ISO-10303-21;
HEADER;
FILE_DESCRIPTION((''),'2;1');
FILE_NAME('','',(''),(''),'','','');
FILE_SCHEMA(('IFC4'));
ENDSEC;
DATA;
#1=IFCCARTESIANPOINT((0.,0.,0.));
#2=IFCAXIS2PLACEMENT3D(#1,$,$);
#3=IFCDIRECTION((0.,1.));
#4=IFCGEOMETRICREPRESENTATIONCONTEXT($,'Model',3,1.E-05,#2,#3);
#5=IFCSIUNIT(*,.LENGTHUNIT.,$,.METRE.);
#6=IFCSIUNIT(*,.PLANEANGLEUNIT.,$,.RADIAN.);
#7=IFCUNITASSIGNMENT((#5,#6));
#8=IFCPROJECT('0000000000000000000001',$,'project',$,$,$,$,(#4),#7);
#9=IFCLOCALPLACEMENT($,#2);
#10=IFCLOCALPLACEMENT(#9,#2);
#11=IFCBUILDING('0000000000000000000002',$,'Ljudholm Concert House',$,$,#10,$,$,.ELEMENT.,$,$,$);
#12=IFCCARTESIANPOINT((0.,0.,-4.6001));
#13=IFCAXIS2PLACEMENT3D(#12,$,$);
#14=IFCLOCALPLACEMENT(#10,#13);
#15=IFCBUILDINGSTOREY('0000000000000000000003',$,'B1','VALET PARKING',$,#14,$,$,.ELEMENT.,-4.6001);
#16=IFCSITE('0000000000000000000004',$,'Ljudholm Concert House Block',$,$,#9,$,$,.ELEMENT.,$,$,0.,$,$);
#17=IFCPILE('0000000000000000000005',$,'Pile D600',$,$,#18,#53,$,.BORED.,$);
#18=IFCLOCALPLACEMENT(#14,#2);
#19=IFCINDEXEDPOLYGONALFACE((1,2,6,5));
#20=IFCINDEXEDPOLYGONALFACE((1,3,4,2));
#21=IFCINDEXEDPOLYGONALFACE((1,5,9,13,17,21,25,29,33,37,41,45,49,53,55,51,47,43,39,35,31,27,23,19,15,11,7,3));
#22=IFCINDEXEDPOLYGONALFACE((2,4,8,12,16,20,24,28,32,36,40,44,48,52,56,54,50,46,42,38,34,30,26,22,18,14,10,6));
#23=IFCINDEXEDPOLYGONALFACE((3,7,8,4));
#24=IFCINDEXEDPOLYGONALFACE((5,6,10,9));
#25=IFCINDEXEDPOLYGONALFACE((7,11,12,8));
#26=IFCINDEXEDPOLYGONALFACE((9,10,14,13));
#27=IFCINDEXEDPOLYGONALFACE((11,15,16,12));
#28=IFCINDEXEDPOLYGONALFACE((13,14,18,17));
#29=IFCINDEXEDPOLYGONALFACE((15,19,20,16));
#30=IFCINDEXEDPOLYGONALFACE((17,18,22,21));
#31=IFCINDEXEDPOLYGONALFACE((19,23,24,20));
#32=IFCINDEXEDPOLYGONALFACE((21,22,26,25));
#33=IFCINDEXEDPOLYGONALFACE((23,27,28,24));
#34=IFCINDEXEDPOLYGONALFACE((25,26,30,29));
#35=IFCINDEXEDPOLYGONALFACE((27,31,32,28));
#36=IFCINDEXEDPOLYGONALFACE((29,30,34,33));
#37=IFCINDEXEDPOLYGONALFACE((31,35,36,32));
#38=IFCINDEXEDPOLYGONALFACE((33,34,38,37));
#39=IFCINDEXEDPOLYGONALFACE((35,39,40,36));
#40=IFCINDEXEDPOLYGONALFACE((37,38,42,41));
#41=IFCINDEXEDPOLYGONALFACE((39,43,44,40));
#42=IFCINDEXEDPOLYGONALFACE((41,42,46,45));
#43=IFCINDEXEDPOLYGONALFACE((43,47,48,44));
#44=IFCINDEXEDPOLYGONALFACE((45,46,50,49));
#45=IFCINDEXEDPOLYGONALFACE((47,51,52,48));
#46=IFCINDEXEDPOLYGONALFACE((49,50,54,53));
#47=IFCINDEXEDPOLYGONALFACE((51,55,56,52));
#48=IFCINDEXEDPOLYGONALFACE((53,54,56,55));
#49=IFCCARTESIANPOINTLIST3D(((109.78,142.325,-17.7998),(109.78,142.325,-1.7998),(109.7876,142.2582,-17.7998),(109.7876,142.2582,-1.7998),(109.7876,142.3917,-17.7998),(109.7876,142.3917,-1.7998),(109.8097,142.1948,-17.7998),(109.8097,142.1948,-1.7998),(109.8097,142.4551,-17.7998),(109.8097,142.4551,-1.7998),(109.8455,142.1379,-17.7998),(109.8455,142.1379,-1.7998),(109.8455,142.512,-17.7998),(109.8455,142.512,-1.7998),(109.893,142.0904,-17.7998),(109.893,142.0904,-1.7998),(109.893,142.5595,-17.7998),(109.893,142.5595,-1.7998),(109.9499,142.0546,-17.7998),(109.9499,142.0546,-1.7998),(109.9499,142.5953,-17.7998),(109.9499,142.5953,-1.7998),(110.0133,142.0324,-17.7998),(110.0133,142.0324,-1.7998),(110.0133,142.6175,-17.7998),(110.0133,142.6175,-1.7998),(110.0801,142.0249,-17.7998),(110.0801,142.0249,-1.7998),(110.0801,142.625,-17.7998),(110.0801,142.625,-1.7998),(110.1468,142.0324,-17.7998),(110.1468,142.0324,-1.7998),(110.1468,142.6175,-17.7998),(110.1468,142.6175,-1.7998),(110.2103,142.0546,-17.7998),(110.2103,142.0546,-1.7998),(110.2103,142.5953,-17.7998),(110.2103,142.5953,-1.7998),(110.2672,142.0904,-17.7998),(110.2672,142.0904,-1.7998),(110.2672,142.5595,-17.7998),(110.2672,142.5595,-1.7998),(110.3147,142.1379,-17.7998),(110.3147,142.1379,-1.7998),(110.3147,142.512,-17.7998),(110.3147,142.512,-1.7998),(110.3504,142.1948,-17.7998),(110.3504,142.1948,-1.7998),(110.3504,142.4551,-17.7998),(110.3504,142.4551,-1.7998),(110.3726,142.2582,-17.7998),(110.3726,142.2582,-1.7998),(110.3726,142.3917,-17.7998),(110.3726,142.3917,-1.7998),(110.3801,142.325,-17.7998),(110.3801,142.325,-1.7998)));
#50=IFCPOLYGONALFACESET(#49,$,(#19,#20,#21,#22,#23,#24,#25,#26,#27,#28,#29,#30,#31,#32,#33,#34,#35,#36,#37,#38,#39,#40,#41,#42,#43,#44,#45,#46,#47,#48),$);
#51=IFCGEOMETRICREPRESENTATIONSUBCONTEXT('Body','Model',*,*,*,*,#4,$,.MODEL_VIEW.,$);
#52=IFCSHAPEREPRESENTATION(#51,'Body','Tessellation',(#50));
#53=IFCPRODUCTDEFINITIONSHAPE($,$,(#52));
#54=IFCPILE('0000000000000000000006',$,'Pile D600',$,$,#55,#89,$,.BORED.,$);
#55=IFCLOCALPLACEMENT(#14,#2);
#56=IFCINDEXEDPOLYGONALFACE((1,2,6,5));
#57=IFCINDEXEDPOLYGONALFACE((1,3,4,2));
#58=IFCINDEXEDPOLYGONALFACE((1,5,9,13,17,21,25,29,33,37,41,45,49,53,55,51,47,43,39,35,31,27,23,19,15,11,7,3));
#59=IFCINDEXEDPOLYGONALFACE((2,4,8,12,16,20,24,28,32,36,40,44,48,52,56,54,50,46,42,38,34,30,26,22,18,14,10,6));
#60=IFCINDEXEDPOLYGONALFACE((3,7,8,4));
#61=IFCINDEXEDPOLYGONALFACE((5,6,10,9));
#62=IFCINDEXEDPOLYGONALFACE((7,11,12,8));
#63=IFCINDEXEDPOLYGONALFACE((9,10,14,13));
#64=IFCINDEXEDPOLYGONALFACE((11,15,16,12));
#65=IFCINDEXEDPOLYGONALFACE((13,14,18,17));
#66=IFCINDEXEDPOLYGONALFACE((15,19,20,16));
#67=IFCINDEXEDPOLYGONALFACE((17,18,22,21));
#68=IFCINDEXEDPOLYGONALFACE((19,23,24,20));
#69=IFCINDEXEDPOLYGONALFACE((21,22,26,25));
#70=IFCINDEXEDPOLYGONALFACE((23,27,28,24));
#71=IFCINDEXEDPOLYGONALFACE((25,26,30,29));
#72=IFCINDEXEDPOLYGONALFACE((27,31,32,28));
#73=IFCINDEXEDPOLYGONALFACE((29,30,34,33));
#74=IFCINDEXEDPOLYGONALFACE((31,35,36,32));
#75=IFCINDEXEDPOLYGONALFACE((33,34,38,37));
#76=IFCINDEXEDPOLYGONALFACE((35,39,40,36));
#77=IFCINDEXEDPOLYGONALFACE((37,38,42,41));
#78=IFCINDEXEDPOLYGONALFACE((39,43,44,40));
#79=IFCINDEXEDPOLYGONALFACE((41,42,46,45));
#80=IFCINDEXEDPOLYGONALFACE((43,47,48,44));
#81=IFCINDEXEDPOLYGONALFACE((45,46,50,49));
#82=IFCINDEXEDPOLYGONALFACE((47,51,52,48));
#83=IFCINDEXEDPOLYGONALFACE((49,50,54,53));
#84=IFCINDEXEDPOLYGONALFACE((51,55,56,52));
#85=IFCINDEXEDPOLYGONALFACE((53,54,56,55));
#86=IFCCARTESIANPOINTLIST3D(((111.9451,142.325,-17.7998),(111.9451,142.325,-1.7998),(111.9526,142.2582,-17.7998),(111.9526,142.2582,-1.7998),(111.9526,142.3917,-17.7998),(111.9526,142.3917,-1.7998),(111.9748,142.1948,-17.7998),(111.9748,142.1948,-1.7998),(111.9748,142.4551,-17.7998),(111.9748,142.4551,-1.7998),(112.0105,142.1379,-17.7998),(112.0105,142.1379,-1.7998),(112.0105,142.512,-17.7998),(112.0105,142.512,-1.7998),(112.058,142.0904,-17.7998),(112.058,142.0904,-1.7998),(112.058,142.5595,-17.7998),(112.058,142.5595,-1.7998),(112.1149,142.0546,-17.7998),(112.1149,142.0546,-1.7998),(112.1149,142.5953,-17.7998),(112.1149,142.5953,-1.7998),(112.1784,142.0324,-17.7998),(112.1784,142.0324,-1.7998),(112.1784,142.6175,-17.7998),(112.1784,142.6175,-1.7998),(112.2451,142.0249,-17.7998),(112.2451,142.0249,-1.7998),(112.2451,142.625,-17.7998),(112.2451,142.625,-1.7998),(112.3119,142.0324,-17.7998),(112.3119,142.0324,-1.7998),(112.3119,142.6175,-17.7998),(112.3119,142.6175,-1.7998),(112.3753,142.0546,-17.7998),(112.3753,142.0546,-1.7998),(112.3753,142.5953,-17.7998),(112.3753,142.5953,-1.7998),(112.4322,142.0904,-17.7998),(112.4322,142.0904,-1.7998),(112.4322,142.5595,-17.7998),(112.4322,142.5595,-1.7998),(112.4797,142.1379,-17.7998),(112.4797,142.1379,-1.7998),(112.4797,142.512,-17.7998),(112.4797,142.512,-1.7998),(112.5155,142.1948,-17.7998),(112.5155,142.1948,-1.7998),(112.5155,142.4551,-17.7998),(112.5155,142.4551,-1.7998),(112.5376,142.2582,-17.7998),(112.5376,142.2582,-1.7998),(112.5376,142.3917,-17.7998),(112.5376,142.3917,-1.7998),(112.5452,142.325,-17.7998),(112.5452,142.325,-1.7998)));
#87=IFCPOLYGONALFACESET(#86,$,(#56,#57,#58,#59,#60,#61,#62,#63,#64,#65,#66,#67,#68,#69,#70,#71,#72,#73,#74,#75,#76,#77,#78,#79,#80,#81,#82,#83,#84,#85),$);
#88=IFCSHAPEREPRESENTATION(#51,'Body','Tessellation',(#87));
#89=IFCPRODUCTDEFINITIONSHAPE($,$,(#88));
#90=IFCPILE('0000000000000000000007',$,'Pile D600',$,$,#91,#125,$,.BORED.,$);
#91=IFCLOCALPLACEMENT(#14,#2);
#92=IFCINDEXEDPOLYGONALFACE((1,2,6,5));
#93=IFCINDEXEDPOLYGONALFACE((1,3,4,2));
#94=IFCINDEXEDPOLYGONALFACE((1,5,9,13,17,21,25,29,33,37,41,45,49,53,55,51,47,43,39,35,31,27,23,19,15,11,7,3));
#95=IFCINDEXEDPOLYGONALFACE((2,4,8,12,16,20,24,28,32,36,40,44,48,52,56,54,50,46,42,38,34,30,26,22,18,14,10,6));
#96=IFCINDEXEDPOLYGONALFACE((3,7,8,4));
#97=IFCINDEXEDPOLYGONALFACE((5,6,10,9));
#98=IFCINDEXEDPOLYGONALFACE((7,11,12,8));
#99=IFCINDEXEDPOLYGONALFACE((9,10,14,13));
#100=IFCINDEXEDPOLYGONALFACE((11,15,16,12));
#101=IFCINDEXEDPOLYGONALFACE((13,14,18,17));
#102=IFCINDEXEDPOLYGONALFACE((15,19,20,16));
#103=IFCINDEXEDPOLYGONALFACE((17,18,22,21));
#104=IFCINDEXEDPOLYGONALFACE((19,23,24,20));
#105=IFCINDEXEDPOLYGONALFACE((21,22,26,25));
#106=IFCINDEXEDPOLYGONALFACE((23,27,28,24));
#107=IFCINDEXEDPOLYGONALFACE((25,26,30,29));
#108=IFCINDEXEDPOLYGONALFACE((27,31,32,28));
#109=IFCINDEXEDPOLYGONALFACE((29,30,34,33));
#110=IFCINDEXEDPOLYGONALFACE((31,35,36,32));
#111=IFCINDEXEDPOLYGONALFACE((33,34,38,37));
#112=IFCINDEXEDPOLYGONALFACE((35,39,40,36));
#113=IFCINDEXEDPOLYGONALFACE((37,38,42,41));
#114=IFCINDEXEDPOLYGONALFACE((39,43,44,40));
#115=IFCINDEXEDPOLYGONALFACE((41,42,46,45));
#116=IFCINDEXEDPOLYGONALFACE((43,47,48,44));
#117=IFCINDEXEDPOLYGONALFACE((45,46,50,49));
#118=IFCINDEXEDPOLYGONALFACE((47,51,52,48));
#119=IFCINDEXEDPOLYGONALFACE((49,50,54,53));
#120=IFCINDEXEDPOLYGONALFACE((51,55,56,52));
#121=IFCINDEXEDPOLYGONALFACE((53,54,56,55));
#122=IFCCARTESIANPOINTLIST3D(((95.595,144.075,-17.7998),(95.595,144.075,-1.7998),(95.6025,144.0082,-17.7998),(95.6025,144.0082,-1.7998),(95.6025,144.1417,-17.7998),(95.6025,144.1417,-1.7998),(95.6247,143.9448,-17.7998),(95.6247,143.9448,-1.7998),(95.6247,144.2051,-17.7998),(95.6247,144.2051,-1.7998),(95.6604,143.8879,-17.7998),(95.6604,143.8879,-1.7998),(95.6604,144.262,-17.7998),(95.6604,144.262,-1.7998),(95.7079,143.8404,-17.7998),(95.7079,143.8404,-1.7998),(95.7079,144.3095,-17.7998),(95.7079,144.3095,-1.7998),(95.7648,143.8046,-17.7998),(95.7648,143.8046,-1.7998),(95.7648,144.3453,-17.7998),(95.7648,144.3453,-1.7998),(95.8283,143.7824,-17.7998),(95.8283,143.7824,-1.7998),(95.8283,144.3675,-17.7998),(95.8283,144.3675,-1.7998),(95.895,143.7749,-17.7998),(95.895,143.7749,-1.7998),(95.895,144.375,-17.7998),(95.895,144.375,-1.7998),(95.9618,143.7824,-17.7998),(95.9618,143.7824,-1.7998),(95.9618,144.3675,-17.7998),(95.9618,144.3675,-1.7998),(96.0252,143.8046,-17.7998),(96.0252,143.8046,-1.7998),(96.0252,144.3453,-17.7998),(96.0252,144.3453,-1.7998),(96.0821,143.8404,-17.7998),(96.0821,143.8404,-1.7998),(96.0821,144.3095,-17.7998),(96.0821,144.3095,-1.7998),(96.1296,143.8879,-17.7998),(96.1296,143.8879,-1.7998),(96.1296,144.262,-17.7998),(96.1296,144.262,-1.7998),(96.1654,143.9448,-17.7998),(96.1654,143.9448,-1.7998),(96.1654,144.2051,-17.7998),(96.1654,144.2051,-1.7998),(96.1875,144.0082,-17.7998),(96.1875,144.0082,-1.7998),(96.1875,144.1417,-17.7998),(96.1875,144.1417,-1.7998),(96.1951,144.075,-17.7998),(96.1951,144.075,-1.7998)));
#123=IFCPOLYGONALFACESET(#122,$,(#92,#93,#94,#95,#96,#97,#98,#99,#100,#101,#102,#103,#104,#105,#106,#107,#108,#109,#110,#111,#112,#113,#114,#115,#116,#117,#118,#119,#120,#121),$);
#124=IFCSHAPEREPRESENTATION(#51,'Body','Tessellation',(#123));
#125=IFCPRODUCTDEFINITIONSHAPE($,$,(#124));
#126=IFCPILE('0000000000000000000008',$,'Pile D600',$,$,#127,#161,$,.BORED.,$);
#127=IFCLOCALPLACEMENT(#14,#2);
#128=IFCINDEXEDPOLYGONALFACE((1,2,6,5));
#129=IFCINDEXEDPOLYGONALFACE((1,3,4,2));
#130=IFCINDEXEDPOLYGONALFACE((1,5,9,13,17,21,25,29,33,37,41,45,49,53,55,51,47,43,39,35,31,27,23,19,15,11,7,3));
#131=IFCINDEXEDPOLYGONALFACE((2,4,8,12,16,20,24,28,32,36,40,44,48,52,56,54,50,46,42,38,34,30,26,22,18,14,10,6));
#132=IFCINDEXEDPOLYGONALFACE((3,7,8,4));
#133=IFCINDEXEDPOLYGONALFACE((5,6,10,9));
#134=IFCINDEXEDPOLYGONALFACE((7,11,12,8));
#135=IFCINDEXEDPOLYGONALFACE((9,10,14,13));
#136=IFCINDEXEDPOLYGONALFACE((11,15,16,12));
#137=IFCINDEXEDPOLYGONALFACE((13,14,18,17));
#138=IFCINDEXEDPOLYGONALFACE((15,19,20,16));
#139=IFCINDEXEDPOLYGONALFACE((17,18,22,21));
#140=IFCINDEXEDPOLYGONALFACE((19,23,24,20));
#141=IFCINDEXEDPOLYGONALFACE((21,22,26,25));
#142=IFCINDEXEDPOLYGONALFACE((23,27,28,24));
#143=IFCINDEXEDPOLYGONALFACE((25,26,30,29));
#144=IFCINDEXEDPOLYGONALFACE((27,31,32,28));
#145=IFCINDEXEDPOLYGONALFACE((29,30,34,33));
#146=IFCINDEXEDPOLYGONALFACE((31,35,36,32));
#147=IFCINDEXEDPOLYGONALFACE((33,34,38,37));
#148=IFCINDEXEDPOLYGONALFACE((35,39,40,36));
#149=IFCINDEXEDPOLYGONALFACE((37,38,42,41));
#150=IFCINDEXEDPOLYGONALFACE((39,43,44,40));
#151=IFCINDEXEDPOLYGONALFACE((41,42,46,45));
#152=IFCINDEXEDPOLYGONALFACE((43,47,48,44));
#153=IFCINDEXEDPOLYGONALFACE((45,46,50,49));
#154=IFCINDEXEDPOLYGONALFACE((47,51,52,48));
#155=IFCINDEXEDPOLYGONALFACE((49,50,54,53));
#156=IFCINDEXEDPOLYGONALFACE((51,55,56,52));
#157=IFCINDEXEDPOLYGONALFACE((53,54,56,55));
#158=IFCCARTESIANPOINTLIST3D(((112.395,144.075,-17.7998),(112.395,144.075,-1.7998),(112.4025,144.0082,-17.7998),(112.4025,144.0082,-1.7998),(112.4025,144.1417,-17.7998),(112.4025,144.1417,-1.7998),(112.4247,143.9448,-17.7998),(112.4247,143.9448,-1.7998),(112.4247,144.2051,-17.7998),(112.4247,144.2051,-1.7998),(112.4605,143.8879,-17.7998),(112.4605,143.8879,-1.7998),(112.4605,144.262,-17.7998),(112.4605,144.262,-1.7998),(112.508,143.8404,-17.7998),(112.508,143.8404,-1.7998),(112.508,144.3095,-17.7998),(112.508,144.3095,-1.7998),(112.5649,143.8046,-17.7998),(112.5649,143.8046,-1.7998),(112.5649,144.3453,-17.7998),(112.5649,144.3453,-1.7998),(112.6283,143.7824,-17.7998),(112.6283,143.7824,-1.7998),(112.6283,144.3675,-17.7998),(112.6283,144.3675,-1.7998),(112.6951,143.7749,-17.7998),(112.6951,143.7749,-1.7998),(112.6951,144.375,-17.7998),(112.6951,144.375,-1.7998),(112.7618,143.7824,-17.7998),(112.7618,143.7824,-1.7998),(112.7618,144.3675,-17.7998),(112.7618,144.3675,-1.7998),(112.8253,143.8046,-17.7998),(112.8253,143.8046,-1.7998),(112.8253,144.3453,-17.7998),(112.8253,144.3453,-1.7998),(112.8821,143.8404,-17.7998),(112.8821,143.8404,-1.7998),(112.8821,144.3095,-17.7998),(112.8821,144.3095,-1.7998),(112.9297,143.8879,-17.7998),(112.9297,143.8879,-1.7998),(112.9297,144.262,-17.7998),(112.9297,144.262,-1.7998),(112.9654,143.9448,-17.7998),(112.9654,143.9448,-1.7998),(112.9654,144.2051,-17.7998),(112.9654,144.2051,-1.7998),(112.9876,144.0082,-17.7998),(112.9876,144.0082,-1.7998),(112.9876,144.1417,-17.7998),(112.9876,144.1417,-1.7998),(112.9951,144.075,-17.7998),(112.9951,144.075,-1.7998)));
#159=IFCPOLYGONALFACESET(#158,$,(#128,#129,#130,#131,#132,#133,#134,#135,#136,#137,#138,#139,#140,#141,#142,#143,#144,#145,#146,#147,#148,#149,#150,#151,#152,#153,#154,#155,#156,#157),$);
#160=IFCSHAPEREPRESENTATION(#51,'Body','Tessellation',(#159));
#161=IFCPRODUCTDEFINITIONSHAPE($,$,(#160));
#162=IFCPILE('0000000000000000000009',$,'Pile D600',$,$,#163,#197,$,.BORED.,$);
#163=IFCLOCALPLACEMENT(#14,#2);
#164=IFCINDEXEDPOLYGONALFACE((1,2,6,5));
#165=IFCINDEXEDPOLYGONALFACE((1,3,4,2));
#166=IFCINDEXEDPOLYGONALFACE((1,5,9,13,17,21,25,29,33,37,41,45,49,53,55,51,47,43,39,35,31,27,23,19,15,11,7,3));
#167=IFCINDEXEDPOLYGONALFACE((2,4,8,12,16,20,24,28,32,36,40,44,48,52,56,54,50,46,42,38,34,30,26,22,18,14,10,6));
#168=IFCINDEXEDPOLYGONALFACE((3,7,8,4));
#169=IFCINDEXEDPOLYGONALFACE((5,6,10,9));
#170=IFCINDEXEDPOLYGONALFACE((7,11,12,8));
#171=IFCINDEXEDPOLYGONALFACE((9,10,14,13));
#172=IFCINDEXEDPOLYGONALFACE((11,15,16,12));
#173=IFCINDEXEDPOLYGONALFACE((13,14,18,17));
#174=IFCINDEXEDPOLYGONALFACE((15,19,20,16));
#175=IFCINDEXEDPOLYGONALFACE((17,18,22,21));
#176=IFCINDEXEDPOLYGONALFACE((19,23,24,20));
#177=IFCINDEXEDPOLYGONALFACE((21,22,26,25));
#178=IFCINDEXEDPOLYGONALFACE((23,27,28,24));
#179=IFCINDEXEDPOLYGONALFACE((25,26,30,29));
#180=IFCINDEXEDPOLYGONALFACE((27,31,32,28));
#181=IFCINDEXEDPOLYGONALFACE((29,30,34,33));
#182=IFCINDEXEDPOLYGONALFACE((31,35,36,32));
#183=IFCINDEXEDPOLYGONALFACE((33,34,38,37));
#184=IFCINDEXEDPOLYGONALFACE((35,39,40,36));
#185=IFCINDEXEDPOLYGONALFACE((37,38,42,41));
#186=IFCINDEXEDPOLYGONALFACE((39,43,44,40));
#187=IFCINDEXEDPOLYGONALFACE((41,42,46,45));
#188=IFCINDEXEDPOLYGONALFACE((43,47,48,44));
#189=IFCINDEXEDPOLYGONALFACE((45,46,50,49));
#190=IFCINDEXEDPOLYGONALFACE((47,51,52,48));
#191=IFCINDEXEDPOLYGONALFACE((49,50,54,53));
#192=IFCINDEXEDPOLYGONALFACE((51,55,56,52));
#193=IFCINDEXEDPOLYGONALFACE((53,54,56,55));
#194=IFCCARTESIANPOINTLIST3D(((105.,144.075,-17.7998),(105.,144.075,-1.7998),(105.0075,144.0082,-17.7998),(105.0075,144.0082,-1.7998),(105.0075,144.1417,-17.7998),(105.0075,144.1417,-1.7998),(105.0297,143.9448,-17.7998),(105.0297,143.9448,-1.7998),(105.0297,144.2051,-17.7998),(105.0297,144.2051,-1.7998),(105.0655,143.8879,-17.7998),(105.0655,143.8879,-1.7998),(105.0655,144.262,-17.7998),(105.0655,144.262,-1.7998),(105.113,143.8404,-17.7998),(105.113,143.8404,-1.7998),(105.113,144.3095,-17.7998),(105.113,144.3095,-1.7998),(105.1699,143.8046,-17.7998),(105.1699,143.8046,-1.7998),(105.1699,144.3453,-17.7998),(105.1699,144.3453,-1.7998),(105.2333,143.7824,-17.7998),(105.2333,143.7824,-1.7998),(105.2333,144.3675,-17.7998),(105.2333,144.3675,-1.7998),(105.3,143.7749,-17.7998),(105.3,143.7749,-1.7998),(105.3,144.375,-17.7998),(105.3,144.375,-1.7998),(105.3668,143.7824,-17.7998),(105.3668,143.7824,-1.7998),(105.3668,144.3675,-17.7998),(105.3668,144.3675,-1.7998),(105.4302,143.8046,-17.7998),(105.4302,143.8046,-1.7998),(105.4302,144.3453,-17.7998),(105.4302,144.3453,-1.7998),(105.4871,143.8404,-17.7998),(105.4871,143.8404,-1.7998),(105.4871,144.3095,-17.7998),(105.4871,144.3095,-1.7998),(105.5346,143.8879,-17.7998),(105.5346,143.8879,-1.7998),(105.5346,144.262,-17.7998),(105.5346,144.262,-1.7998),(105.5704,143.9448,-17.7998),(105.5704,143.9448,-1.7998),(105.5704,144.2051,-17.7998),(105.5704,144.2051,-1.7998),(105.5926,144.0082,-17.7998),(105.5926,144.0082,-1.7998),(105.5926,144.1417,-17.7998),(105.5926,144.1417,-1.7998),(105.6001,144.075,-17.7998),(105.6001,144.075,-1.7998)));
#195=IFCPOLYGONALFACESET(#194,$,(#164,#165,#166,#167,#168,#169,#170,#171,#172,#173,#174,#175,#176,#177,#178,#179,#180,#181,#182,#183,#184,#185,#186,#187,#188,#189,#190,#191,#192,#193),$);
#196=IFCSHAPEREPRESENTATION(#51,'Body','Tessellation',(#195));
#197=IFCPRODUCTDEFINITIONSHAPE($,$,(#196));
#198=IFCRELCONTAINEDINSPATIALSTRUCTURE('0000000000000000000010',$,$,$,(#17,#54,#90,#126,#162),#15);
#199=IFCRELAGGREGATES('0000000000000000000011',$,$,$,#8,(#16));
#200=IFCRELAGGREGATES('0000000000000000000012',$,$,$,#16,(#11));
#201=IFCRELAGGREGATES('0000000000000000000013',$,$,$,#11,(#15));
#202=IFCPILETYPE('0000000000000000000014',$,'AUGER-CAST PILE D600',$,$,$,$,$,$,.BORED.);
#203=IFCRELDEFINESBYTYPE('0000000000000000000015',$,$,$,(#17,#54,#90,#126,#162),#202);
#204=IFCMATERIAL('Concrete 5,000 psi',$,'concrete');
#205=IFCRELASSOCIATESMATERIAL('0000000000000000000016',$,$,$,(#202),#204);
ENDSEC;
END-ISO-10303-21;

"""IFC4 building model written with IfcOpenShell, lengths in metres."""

from ifc_helpers import new_model, si_unit, direction, frame, origin, origin_2d, place, context, subcontext, project, spatial, circle, extrude, material, material_profile, profile_set, type_object, element, save


model = new_model("IFC4")

# Units and contexts
model_context = context("Model", 3, precision=1e-05, world=origin(), true_north=direction((0.0, 1.0)))
body_context = subcontext(model_context, "Body", "Model", "MODEL_VIEW")
ifc_project = project(units=[si_unit("LENGTHUNIT", "METRE"), si_unit("PLANEANGLEUNIT", "RADIAN")], contexts=[model_context])

# Site, building, storey
site_placement = place(None, origin())
site = spatial("IfcSite", under=ifc_project, at=site_placement, Name="Ljudholm Concert House Block", CompositionType="ELEMENT", RefElevation=0.0)
building_placement = place(site_placement, origin())
building = spatial("IfcBuilding", under=site, at=building_placement, Name="Ljudholm Concert House", CompositionType="ELEMENT")
storey_placement = place(building_placement, frame((0.0, 0.0, -4.6001)))
storey = spatial("IfcBuildingStorey", under=building, at=storey_placement, Name="B1", Description="VALET PARKING", CompositionType="ELEMENT", Elevation=-4.6001)

# Piles
ifc_material_1 = material(Name="Concrete 5,000 psi", Category="concrete")
ifc_material_profile_1 = material_profile(ifc_material_1, circle(Radius=0.3, at=origin_2d()), Name="AUGER-CAST PILE D600")
ifc_profile_set_1 = profile_set([ifc_material_profile_1], Name="Concrete 5,000 psi")
pile_type = type_object("IfcPileType", Name="AUGER-CAST PILE D600", PredefinedType="BORED", material=ifc_profile_set_1)
for number, where, z_axis, x_axis, name in (
    (1, (110.0801, 142.325, -1.7998), (0.0, 0.0, -1.0), (1.0, 0.0, 0.0), "Pile D600"),
    (2, (112.2451, 142.325, -1.7998), (0.0, 0.0, -1.0), (1.0, 0.0, 0.0), "Pile D600"),
    (3, (95.895, 144.075, -1.7998), (0.0, 0.0, -1.0), (1.0, 0.0, 0.0), "Pile D600"),
    (4, (112.6951, 144.075, -1.7998), (0.0, 0.0, -1.0), (1.0, 0.0, 0.0), "Pile D600"),
    (5, (105.3, 144.075, -1.7998), (0.0, 0.0, -1.0), (1.0, 0.0, 0.0), "Pile D600"),
):
    element("IfcPile", number, at=place(storey_placement, frame(where, z_axis=z_axis, x_axis=x_axis)), inside=storey, type_object=pile_type, Name=name, PredefinedType="BORED", context=body_context, shape_type="SweptSolid", body=[
        extrude(circle(Radius=0.3, at=origin_2d()), origin(), (0.0, 0.0, 1.0), 16.0),
    ])

save(model, "model.ifc")
